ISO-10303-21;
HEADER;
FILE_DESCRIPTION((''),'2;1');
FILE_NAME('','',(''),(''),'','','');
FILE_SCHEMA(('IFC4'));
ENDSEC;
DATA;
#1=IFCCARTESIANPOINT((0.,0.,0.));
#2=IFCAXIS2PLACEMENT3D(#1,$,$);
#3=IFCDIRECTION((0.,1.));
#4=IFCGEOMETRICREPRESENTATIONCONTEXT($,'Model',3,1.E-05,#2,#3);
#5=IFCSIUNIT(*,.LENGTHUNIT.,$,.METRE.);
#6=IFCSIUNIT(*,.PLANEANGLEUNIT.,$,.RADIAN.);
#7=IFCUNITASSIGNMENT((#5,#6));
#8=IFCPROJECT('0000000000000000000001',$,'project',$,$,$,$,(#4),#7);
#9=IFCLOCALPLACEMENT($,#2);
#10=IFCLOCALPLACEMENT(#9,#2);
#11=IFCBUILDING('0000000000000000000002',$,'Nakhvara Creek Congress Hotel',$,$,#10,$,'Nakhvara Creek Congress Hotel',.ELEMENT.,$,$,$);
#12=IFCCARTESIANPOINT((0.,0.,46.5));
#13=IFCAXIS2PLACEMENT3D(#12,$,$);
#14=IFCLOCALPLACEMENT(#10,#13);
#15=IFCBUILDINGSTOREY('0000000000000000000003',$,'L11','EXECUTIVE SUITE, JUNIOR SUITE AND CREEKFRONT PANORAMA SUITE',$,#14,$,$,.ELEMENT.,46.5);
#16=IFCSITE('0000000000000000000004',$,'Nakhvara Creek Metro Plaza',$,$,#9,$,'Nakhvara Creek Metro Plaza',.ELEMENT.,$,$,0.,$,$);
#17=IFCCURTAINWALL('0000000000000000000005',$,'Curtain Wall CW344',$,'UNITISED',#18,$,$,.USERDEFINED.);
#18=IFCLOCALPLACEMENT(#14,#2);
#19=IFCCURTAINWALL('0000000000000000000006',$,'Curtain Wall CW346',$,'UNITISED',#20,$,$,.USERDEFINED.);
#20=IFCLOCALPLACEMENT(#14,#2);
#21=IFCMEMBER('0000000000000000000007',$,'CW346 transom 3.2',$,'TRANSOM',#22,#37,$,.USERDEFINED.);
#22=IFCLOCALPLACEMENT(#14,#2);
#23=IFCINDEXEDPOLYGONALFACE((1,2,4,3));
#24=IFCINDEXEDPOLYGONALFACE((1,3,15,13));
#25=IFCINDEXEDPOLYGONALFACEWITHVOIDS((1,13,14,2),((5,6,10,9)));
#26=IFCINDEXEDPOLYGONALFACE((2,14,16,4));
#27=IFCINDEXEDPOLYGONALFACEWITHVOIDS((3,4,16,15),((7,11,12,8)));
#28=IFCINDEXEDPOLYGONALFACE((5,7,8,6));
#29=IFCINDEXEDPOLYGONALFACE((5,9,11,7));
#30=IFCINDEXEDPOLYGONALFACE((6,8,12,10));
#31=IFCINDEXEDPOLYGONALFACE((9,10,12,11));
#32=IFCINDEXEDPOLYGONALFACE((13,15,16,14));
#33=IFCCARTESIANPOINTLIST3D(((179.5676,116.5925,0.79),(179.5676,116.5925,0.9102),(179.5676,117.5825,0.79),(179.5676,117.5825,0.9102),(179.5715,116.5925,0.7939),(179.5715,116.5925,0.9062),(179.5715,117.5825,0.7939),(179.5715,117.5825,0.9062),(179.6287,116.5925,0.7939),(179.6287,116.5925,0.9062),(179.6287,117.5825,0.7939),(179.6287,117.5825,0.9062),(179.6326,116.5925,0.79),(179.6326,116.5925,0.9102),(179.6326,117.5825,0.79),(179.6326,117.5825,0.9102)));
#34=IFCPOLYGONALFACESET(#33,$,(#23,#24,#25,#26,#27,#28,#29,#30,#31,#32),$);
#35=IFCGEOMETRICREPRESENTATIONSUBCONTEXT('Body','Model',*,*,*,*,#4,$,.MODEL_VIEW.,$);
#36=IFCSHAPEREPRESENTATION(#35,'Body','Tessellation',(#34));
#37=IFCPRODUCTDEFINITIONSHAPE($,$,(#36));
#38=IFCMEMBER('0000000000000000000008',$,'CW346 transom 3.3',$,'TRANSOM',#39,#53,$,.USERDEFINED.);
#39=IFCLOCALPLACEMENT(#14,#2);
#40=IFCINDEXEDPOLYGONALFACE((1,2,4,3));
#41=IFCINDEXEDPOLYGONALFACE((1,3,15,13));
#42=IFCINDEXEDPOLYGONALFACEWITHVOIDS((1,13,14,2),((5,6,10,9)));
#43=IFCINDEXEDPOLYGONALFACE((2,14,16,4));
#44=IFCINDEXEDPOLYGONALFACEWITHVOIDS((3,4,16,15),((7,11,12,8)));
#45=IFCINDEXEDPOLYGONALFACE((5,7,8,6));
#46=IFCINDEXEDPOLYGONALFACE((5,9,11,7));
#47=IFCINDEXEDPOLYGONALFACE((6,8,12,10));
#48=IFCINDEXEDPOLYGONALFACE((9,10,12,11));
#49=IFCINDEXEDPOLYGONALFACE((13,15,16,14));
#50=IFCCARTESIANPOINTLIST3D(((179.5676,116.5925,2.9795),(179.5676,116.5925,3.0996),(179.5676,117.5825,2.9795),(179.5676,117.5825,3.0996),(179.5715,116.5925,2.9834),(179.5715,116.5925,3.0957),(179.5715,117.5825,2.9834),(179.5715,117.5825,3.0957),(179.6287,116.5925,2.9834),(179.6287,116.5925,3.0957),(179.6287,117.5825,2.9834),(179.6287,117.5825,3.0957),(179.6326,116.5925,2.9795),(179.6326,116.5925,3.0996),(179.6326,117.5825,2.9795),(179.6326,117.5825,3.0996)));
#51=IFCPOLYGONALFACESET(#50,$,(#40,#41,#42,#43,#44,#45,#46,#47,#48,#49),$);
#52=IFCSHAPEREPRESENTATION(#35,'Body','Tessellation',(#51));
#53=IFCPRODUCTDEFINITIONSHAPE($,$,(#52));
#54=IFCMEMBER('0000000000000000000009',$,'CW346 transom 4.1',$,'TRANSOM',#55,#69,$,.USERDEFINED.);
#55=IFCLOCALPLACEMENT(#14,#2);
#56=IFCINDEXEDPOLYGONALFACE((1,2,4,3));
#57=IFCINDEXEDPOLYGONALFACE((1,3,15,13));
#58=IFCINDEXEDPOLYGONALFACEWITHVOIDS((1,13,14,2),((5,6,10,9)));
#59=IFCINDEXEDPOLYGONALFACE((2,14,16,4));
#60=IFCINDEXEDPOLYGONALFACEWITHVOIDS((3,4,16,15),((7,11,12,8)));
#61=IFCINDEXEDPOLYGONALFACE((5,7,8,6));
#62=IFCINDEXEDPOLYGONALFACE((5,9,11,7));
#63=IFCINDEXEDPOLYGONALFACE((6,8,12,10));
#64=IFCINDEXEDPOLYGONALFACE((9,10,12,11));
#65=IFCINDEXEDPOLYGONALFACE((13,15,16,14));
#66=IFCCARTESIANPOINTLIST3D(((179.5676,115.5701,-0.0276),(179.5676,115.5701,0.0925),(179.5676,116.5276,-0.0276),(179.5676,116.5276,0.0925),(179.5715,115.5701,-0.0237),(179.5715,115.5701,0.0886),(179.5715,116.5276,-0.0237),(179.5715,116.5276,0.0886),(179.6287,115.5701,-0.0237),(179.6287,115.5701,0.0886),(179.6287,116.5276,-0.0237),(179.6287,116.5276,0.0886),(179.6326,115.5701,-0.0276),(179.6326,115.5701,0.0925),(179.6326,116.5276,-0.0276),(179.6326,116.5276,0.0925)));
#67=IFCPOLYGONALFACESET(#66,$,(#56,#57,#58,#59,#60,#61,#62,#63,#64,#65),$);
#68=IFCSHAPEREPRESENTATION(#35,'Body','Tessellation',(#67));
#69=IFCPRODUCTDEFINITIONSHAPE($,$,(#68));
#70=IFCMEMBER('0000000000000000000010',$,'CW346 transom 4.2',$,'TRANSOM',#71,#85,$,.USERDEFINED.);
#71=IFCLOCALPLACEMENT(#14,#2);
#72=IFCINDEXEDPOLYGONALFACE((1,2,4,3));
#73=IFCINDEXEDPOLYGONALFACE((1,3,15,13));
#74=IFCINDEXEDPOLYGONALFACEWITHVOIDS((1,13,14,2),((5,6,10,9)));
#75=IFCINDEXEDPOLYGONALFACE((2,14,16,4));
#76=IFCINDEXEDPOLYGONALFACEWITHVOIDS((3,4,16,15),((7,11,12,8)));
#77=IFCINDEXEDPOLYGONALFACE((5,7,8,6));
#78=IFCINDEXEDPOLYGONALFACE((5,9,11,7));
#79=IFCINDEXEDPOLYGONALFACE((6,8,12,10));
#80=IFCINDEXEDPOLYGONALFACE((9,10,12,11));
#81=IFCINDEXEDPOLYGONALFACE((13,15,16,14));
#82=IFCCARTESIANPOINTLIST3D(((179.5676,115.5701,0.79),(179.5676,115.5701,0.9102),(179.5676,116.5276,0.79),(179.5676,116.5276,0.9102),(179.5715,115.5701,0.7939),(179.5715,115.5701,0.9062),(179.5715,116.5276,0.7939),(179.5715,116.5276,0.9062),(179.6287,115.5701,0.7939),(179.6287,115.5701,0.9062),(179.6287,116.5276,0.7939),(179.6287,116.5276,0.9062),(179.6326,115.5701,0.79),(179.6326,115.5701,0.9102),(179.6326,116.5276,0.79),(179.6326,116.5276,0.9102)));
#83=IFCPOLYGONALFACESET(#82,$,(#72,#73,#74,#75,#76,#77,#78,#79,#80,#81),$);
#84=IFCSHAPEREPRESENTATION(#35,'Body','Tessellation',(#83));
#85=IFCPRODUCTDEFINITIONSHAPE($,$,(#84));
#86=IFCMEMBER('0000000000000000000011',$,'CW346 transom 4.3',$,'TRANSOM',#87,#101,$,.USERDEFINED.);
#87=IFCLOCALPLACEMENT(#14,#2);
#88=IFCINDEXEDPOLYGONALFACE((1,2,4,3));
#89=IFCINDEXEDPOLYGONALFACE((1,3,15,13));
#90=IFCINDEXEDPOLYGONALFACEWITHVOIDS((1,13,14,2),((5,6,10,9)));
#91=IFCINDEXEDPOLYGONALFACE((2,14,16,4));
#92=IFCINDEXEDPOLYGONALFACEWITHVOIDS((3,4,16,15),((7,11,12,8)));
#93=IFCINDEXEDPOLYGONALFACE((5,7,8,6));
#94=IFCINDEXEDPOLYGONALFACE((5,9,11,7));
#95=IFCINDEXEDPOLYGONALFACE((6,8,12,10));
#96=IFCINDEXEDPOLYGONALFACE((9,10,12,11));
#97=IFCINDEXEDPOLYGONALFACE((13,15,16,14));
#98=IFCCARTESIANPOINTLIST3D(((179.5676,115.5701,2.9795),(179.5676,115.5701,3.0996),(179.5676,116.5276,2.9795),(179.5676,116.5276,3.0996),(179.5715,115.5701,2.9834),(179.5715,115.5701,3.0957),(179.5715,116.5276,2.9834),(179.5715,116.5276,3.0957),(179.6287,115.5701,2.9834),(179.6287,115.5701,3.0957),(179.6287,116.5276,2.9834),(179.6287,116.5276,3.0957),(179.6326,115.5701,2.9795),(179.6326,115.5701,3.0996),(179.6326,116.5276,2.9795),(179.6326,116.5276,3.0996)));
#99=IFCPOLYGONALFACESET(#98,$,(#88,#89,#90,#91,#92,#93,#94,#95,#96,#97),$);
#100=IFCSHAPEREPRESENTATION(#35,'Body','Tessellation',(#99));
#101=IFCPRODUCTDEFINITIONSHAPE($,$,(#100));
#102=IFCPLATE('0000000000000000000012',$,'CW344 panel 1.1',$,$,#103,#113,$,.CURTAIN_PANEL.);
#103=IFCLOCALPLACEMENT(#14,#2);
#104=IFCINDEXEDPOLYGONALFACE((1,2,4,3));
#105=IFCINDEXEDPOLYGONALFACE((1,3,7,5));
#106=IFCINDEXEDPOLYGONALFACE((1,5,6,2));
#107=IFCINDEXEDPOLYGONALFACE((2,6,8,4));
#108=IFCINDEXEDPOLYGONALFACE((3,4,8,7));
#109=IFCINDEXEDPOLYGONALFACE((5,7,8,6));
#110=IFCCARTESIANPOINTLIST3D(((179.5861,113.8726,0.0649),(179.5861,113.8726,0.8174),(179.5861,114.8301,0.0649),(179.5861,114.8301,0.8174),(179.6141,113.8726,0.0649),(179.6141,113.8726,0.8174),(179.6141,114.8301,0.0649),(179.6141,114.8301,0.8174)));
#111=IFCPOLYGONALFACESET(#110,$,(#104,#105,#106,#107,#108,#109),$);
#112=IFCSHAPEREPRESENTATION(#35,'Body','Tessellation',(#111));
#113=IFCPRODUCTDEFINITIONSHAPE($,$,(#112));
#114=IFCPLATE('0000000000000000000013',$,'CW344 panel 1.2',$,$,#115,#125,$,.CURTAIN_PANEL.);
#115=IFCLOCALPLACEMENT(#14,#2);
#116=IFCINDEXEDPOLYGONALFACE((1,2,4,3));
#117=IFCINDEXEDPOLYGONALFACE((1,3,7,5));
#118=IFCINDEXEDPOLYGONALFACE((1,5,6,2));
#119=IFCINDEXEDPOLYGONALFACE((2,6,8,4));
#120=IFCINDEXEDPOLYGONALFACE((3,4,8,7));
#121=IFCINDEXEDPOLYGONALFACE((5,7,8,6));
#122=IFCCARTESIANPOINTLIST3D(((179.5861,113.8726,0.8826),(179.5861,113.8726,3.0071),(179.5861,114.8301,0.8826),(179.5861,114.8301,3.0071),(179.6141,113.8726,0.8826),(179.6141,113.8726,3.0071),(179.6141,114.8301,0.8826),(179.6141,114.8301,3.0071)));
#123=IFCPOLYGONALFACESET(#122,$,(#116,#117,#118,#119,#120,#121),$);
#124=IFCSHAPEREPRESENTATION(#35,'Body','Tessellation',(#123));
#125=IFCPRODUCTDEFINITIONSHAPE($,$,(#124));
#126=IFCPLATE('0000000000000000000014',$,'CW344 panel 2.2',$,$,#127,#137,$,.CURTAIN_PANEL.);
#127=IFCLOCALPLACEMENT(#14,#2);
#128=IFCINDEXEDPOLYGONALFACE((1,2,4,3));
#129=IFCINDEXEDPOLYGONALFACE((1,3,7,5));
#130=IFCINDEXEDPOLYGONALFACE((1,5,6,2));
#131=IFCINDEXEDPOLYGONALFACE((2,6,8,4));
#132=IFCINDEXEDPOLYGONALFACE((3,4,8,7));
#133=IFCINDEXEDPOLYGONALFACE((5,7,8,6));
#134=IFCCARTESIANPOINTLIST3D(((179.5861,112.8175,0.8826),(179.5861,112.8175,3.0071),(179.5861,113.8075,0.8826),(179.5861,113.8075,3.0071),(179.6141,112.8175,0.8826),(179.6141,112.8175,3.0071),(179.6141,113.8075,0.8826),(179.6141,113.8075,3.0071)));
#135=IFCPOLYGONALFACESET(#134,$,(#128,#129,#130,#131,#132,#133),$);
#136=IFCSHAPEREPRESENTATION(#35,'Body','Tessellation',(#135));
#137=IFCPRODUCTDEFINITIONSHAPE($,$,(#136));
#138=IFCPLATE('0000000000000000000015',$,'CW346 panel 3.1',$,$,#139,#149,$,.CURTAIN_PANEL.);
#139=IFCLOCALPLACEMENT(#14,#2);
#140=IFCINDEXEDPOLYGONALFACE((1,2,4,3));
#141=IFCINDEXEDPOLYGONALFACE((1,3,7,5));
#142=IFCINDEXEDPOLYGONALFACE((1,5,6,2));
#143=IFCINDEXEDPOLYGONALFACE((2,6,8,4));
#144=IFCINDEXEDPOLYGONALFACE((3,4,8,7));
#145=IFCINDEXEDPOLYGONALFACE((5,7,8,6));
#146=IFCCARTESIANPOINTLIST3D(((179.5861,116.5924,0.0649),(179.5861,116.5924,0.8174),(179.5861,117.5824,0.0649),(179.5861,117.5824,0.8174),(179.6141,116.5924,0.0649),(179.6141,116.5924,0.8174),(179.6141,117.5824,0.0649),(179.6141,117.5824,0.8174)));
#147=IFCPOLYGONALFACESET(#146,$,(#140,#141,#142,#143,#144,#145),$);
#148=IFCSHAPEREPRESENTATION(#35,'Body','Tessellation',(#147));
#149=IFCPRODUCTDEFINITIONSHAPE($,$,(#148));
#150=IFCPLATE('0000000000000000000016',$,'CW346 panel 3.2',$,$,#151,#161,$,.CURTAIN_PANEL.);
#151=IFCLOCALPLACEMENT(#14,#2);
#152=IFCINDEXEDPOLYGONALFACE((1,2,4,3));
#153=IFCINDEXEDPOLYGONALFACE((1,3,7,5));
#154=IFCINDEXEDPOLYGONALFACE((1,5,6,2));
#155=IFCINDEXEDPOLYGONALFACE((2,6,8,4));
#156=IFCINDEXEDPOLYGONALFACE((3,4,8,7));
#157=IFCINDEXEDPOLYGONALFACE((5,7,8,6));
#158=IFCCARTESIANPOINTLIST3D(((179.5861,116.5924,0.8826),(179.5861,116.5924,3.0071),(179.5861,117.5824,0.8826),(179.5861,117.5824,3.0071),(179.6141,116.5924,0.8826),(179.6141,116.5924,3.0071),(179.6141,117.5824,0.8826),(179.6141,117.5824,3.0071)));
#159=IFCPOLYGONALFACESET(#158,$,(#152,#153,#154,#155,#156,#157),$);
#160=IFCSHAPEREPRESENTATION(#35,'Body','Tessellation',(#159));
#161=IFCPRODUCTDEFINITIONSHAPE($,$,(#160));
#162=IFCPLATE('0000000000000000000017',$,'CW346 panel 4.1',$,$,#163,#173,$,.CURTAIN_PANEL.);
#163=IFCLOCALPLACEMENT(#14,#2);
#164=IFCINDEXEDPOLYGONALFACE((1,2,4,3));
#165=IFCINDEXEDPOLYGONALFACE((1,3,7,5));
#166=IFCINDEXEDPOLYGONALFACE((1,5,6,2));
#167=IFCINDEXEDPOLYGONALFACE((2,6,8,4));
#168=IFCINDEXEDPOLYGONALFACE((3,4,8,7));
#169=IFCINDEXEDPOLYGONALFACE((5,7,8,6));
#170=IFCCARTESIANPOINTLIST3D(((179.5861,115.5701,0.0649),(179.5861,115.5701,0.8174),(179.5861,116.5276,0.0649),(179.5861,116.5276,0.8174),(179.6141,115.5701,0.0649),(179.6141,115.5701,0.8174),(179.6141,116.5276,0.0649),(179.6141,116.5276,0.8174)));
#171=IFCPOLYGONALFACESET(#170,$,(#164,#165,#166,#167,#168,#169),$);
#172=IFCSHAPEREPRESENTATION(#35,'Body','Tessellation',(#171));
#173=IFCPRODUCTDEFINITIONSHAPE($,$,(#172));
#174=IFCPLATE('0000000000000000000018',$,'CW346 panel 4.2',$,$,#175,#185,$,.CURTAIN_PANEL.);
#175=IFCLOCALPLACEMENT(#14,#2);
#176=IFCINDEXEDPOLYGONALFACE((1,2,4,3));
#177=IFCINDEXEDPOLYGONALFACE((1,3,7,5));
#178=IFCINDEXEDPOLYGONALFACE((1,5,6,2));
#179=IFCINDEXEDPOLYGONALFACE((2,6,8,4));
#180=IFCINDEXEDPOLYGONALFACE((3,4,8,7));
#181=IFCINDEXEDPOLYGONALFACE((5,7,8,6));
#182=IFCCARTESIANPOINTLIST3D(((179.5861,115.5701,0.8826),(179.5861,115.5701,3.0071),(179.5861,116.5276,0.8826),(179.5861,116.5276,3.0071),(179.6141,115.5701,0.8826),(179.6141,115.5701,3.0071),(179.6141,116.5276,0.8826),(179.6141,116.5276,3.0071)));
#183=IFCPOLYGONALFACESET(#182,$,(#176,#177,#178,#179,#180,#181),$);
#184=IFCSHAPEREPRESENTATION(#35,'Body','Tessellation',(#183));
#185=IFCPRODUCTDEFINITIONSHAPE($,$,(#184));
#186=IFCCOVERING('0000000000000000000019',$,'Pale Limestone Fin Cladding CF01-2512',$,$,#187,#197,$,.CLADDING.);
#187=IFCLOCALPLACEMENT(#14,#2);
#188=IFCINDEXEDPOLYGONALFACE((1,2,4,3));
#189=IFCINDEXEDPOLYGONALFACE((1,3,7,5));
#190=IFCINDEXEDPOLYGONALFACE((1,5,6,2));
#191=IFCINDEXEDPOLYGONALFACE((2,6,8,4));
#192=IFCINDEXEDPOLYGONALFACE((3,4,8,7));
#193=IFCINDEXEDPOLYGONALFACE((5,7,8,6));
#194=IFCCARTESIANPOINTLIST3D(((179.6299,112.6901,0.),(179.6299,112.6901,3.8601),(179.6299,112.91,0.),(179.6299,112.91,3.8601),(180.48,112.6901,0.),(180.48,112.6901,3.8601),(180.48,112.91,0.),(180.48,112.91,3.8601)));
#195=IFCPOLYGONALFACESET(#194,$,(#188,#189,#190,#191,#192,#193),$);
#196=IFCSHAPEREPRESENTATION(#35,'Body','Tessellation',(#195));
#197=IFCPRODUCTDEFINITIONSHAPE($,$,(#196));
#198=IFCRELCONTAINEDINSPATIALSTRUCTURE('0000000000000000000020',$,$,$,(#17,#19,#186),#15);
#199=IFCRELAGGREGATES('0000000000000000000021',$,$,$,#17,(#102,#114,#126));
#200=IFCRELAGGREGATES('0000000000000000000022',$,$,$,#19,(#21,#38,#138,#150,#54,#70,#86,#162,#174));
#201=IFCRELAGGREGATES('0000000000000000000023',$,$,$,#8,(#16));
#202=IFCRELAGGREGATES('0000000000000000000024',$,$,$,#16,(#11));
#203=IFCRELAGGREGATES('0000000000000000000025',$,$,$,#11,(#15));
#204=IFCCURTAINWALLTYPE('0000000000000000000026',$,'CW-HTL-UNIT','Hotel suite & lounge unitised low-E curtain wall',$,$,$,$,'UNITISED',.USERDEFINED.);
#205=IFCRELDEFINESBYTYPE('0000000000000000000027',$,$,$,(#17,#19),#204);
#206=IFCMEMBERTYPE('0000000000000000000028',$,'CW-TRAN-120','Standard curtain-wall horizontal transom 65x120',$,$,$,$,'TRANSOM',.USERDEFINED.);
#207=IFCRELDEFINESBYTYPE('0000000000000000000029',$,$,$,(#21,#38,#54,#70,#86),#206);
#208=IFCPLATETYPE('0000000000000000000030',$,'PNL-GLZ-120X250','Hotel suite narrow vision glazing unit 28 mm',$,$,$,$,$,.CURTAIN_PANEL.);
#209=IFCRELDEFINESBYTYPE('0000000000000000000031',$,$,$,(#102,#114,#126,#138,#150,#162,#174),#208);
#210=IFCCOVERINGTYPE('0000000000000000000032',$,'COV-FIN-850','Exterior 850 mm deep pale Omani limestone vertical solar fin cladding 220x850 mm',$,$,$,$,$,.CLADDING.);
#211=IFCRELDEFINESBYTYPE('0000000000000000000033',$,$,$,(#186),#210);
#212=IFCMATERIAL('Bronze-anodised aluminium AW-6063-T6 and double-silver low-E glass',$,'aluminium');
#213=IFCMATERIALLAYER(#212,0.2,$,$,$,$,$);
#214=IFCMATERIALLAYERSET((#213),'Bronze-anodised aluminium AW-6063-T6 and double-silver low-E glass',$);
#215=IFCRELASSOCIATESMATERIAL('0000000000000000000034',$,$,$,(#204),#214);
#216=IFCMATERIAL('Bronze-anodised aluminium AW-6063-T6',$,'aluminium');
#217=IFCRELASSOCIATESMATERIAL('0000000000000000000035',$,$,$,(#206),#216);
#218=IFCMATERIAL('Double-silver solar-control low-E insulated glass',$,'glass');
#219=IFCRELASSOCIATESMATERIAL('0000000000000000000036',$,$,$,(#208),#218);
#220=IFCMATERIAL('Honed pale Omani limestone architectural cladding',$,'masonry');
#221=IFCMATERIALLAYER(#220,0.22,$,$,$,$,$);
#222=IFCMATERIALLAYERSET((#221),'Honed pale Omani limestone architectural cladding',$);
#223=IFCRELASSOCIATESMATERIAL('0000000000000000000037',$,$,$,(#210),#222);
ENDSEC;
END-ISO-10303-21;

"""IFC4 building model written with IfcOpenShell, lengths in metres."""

from ifc_helpers import new_model, si_unit, direction, frame, origin, origin_2d, place, context, subcontext, project, spatial, rectangle, hollow_rectangle, extrude, material, layer, layer_set, material_profile, profile_set, type_object, element, aggregate, save


model = new_model("IFC4")

# Units and contexts
model_context = context("Model", 3, precision=1e-05, world=origin(), true_north=direction((0.0, 1.0)))
body_context = subcontext(model_context, "Body", "Model", "MODEL_VIEW")
ifc_project = project(units=[si_unit("LENGTHUNIT", "METRE"), si_unit("PLANEANGLEUNIT", "RADIAN")], contexts=[model_context])

# Site, building, storey
site_placement = place(None, origin())
site = spatial("IfcSite", under=ifc_project, at=site_placement, Name="Nakhvara Creek Metro Plaza", LongName="Nakhvara Creek Metro Plaza", CompositionType="ELEMENT", RefElevation=0.0)
building_placement = place(site_placement, origin())
building = spatial("IfcBuilding", under=site, at=building_placement, Name="Nakhvara Creek Congress Hotel", LongName="Nakhvara Creek Congress Hotel", CompositionType="ELEMENT")
storey_placement = place(building_placement, frame((0.0, 0.0, 46.5)))
storey = spatial("IfcBuildingStorey", under=building, at=storey_placement, Name="L11", Description="EXECUTIVE SUITE, JUNIOR SUITE AND CREEKFRONT PANORAMA SUITE", CompositionType="ELEMENT", Elevation=46.5)

# Curtain walls
ifc_material_1 = material(Name="Bronze-anodised aluminium AW-6063-T6 and double-silver low-E glass", Category="aluminium")
ifc_layer_1 = layer(ifc_material_1, 0.2)
ifc_layer_set_1 = layer_set([ifc_layer_1], Name="Bronze-anodised aluminium AW-6063-T6 and double-silver low-E glass")
curtain_wall_type = type_object("IfcCurtainWallType", Name="CW-HTL-UNIT", Description="Hotel suite & lounge unitised low-E curtain wall", ElementType="UNITISED", PredefinedType="USERDEFINED", material=ifc_layer_set_1)
curtain_wall_1_placement = place(storey_placement, origin())
curtain_wall_1 = element("IfcCurtainWall", 1, at=curtain_wall_1_placement, inside=storey, type_object=curtain_wall_type, Name="Curtain Wall CW344", ObjectType="UNITISED", PredefinedType="USERDEFINED")
ifc_material_2 = material(Name="Bronze-anodised aluminium AW-6063-T6", Category="aluminium")
curtain_wall_2_placement = place(storey_placement, origin())
curtain_wall_2 = element("IfcCurtainWall", 2, at=curtain_wall_2_placement, inside=storey, type_object=curtain_wall_type, Name="Curtain Wall CW346", ObjectType="UNITISED", PredefinedType="USERDEFINED")

# Members
ifc_material_profile_1 = material_profile(ifc_material_2, hollow_rectangle(XDim=0.0649, YDim=0.1201, WallThickness=0.0039, at=origin_2d()), Name="ALU-TRAN 65x120x4", Category="LoadBearing")
ifc_profile_set_1 = profile_set([ifc_material_profile_1], Name="Bronze-anodised aluminium AW-6063-T6")
member_type_1 = type_object("IfcMemberType", Name="CW-TRAN-120", Description="Standard curtain-wall horizontal transom 65x120", ElementType="TRANSOM", PredefinedType="USERDEFINED", material=ifc_profile_set_1)
member_1_placement = place(storey_placement, frame((179.6001, 117.5825, 0.8501), z_axis=(0.0, -1.0, 0.0), x_axis=(1.0, 0.0, 0.0)))
member_1 = element("IfcMember", 3, at=member_1_placement, type_object=member_type_1, Name="CW346 transom 3.2", ObjectType="TRANSOM", PredefinedType="USERDEFINED", context=body_context, shape_type="SweptSolid", body=[
    extrude(hollow_rectangle(XDim=0.0649, YDim=0.1201, WallThickness=0.0039, at=origin_2d()), origin(), (0.0, 0.0, 1.0), 0.99),
])
member_2_placement = place(storey_placement, frame((179.6001, 117.5825, 3.0396), z_axis=(0.0, -1.0, 0.0), x_axis=(1.0, 0.0, 0.0)))
member_2 = element("IfcMember", 4, at=member_2_placement, type_object=member_type_1, Name="CW346 transom 3.3", ObjectType="TRANSOM", PredefinedType="USERDEFINED", context=body_context, shape_type="SweptSolid", body=[
    extrude(hollow_rectangle(XDim=0.0649, YDim=0.1201, WallThickness=0.0039, at=origin_2d()), origin(), (0.0, 0.0, 1.0), 0.99),
])
member_3_placement = place(storey_placement, frame((179.6001, 116.5276, 0.0325), z_axis=(0.0, -1.0, 0.0), x_axis=(1.0, 0.0, 0.0)))
member_3 = element("IfcMember", 5, at=member_3_placement, type_object=member_type_1, Name="CW346 transom 4.1", ObjectType="TRANSOM", PredefinedType="USERDEFINED", context=body_context, shape_type="SweptSolid", body=[
    extrude(hollow_rectangle(XDim=0.0649, YDim=0.1201, WallThickness=0.0039, at=origin_2d()), origin(), (0.0, 0.0, 1.0), 0.9575),
])
member_4_placement = place(storey_placement, frame((179.6001, 116.5276, 0.8501), z_axis=(0.0, -1.0, 0.0), x_axis=(1.0, 0.0, 0.0)))
member_4 = element("IfcMember", 6, at=member_4_placement, type_object=member_type_1, Name="CW346 transom 4.2", ObjectType="TRANSOM", PredefinedType="USERDEFINED", context=body_context, shape_type="SweptSolid", body=[
    extrude(hollow_rectangle(XDim=0.0649, YDim=0.1201, WallThickness=0.0039, at=origin_2d()), origin(), (0.0, 0.0, 1.0), 0.9575),
])
member_5_placement = place(storey_placement, frame((179.6001, 116.5276, 3.0396), z_axis=(0.0, -1.0, 0.0), x_axis=(1.0, 0.0, 0.0)))
member_5 = element("IfcMember", 7, at=member_5_placement, type_object=member_type_1, Name="CW346 transom 4.3", ObjectType="TRANSOM", PredefinedType="USERDEFINED", context=body_context, shape_type="SweptSolid", body=[
    extrude(hollow_rectangle(XDim=0.0649, YDim=0.1201, WallThickness=0.0039, at=origin_2d()), origin(), (0.0, 0.0, 1.0), 0.9575),
])

# Plates
ifc_material_3 = material(Name="Double-silver solar-control low-E insulated glass", Category="glass")
plate_type = type_object("IfcPlateType", Name="PNL-GLZ-120X250", Description="Hotel suite narrow vision glazing unit 28 mm", PredefinedType="CURTAIN_PANEL", material=ifc_material_3)
plate_1_placement = place(storey_placement, frame((179.6001, 114.3513, 0.0649), z_axis=(0.0, 0.0, 1.0), x_axis=(0.0, -1.0, 0.0)))
plate_1 = element("IfcPlate", 8, at=plate_1_placement, type_object=plate_type, Name="CW344 panel 1.1", PredefinedType="CURTAIN_PANEL", context=body_context, shape_type="SweptSolid", body=[
    extrude(rectangle(XDim=0.9575, YDim=0.0281, at=origin_2d()), origin(), (0.0, 0.0, 1.0), 0.7524),
])
plate_2_placement = place(storey_placement, frame((179.6001, 114.3513, 0.8826), z_axis=(0.0, 0.0, 1.0), x_axis=(0.0, -1.0, 0.0)))
plate_2 = element("IfcPlate", 9, at=plate_2_placement, type_object=plate_type, Name="CW344 panel 1.2", PredefinedType="CURTAIN_PANEL", context=body_context, shape_type="SweptSolid", body=[
    extrude(rectangle(XDim=0.9575, YDim=0.0281, at=origin_2d()), origin(), (0.0, 0.0, 1.0), 2.1245),
])
plate_3_placement = place(storey_placement, frame((179.6001, 113.3125, 0.8826), z_axis=(0.0, 0.0, 1.0), x_axis=(0.0, -1.0, 0.0)))
plate_3 = element("IfcPlate", 10, at=plate_3_placement, type_object=plate_type, Name="CW344 panel 2.2", PredefinedType="CURTAIN_PANEL", context=body_context, shape_type="SweptSolid", body=[
    extrude(rectangle(XDim=0.99, YDim=0.0281, at=origin_2d()), origin(), (0.0, 0.0, 1.0), 2.1245),
])
aggregate(curtain_wall_1, [plate_1, plate_2, plate_3])
plate_4_placement = place(storey_placement, frame((179.6001, 117.0874, 0.0649), z_axis=(0.0, 0.0, 1.0), x_axis=(0.0, -1.0, 0.0)))
plate_4 = element("IfcPlate", 11, at=plate_4_placement, type_object=plate_type, Name="CW346 panel 3.1", PredefinedType="CURTAIN_PANEL", context=body_context, shape_type="SweptSolid", body=[
    extrude(rectangle(XDim=0.99, YDim=0.0281, at=origin_2d()), origin(), (0.0, 0.0, 1.0), 0.7524),
])
plate_5_placement = place(storey_placement, frame((179.6001, 117.0874, 0.8826), z_axis=(0.0, 0.0, 1.0), x_axis=(0.0, -1.0, 0.0)))
plate_5 = element("IfcPlate", 12, at=plate_5_placement, type_object=plate_type, Name="CW346 panel 3.2", PredefinedType="CURTAIN_PANEL", context=body_context, shape_type="SweptSolid", body=[
    extrude(rectangle(XDim=0.99, YDim=0.0281, at=origin_2d()), origin(), (0.0, 0.0, 1.0), 2.1245),
])
plate_6_placement = place(storey_placement, frame((179.6001, 116.0488, 0.0649), z_axis=(0.0, 0.0, 1.0), x_axis=(0.0, -1.0, 0.0)))
plate_6 = element("IfcPlate", 13, at=plate_6_placement, type_object=plate_type, Name="CW346 panel 4.1", PredefinedType="CURTAIN_PANEL", context=body_context, shape_type="SweptSolid", body=[
    extrude(rectangle(XDim=0.9575, YDim=0.0281, at=origin_2d()), origin(), (0.0, 0.0, 1.0), 0.7524),
])
plate_7_placement = place(storey_placement, frame((179.6001, 116.0488, 0.8826), z_axis=(0.0, 0.0, 1.0), x_axis=(0.0, -1.0, 0.0)))
plate_7 = element("IfcPlate", 14, at=plate_7_placement, type_object=plate_type, Name="CW346 panel 4.2", PredefinedType="CURTAIN_PANEL", context=body_context, shape_type="SweptSolid", body=[
    extrude(rectangle(XDim=0.9575, YDim=0.0281, at=origin_2d()), origin(), (0.0, 0.0, 1.0), 2.1245),
])
aggregate(curtain_wall_2, [member_1, member_2, plate_4, plate_5, member_3, member_4, member_5, plate_6, plate_7])

# Covering
ifc_material_4 = material(Name="Honed pale Omani limestone architectural cladding", Category="masonry")
ifc_layer_2 = layer(ifc_material_4, 0.22)
ifc_layer_set_2 = layer_set([ifc_layer_2], Name="Honed pale Omani limestone architectural cladding")
covering_type = type_object("IfcCoveringType", Name="COV-FIN-850", Description="Exterior 850 mm deep pale Omani limestone vertical solar fin cladding 220x850 mm", PredefinedType="CLADDING", material=ifc_layer_set_2)
for number, where, z_axis, x_axis, name in (
    (15, (180.0549, 112.8, 0.0), (0.0, 0.0, 1.0), (0.0, 1.0, 0.0), "Pale Limestone Fin Cladding CF01-2512"),
):
    element("IfcCovering", number, at=place(storey_placement, frame(where, z_axis=z_axis, x_axis=x_axis)), inside=storey, type_object=covering_type, Name=name, PredefinedType="CLADDING", context=body_context, shape_type="SweptSolid", body=[
        extrude(rectangle(XDim=0.22, YDim=0.8501, at=origin_2d()), origin(), (0.0, 0.0, 1.0), 3.8601),
    ])

save(model, "model.ifc")
